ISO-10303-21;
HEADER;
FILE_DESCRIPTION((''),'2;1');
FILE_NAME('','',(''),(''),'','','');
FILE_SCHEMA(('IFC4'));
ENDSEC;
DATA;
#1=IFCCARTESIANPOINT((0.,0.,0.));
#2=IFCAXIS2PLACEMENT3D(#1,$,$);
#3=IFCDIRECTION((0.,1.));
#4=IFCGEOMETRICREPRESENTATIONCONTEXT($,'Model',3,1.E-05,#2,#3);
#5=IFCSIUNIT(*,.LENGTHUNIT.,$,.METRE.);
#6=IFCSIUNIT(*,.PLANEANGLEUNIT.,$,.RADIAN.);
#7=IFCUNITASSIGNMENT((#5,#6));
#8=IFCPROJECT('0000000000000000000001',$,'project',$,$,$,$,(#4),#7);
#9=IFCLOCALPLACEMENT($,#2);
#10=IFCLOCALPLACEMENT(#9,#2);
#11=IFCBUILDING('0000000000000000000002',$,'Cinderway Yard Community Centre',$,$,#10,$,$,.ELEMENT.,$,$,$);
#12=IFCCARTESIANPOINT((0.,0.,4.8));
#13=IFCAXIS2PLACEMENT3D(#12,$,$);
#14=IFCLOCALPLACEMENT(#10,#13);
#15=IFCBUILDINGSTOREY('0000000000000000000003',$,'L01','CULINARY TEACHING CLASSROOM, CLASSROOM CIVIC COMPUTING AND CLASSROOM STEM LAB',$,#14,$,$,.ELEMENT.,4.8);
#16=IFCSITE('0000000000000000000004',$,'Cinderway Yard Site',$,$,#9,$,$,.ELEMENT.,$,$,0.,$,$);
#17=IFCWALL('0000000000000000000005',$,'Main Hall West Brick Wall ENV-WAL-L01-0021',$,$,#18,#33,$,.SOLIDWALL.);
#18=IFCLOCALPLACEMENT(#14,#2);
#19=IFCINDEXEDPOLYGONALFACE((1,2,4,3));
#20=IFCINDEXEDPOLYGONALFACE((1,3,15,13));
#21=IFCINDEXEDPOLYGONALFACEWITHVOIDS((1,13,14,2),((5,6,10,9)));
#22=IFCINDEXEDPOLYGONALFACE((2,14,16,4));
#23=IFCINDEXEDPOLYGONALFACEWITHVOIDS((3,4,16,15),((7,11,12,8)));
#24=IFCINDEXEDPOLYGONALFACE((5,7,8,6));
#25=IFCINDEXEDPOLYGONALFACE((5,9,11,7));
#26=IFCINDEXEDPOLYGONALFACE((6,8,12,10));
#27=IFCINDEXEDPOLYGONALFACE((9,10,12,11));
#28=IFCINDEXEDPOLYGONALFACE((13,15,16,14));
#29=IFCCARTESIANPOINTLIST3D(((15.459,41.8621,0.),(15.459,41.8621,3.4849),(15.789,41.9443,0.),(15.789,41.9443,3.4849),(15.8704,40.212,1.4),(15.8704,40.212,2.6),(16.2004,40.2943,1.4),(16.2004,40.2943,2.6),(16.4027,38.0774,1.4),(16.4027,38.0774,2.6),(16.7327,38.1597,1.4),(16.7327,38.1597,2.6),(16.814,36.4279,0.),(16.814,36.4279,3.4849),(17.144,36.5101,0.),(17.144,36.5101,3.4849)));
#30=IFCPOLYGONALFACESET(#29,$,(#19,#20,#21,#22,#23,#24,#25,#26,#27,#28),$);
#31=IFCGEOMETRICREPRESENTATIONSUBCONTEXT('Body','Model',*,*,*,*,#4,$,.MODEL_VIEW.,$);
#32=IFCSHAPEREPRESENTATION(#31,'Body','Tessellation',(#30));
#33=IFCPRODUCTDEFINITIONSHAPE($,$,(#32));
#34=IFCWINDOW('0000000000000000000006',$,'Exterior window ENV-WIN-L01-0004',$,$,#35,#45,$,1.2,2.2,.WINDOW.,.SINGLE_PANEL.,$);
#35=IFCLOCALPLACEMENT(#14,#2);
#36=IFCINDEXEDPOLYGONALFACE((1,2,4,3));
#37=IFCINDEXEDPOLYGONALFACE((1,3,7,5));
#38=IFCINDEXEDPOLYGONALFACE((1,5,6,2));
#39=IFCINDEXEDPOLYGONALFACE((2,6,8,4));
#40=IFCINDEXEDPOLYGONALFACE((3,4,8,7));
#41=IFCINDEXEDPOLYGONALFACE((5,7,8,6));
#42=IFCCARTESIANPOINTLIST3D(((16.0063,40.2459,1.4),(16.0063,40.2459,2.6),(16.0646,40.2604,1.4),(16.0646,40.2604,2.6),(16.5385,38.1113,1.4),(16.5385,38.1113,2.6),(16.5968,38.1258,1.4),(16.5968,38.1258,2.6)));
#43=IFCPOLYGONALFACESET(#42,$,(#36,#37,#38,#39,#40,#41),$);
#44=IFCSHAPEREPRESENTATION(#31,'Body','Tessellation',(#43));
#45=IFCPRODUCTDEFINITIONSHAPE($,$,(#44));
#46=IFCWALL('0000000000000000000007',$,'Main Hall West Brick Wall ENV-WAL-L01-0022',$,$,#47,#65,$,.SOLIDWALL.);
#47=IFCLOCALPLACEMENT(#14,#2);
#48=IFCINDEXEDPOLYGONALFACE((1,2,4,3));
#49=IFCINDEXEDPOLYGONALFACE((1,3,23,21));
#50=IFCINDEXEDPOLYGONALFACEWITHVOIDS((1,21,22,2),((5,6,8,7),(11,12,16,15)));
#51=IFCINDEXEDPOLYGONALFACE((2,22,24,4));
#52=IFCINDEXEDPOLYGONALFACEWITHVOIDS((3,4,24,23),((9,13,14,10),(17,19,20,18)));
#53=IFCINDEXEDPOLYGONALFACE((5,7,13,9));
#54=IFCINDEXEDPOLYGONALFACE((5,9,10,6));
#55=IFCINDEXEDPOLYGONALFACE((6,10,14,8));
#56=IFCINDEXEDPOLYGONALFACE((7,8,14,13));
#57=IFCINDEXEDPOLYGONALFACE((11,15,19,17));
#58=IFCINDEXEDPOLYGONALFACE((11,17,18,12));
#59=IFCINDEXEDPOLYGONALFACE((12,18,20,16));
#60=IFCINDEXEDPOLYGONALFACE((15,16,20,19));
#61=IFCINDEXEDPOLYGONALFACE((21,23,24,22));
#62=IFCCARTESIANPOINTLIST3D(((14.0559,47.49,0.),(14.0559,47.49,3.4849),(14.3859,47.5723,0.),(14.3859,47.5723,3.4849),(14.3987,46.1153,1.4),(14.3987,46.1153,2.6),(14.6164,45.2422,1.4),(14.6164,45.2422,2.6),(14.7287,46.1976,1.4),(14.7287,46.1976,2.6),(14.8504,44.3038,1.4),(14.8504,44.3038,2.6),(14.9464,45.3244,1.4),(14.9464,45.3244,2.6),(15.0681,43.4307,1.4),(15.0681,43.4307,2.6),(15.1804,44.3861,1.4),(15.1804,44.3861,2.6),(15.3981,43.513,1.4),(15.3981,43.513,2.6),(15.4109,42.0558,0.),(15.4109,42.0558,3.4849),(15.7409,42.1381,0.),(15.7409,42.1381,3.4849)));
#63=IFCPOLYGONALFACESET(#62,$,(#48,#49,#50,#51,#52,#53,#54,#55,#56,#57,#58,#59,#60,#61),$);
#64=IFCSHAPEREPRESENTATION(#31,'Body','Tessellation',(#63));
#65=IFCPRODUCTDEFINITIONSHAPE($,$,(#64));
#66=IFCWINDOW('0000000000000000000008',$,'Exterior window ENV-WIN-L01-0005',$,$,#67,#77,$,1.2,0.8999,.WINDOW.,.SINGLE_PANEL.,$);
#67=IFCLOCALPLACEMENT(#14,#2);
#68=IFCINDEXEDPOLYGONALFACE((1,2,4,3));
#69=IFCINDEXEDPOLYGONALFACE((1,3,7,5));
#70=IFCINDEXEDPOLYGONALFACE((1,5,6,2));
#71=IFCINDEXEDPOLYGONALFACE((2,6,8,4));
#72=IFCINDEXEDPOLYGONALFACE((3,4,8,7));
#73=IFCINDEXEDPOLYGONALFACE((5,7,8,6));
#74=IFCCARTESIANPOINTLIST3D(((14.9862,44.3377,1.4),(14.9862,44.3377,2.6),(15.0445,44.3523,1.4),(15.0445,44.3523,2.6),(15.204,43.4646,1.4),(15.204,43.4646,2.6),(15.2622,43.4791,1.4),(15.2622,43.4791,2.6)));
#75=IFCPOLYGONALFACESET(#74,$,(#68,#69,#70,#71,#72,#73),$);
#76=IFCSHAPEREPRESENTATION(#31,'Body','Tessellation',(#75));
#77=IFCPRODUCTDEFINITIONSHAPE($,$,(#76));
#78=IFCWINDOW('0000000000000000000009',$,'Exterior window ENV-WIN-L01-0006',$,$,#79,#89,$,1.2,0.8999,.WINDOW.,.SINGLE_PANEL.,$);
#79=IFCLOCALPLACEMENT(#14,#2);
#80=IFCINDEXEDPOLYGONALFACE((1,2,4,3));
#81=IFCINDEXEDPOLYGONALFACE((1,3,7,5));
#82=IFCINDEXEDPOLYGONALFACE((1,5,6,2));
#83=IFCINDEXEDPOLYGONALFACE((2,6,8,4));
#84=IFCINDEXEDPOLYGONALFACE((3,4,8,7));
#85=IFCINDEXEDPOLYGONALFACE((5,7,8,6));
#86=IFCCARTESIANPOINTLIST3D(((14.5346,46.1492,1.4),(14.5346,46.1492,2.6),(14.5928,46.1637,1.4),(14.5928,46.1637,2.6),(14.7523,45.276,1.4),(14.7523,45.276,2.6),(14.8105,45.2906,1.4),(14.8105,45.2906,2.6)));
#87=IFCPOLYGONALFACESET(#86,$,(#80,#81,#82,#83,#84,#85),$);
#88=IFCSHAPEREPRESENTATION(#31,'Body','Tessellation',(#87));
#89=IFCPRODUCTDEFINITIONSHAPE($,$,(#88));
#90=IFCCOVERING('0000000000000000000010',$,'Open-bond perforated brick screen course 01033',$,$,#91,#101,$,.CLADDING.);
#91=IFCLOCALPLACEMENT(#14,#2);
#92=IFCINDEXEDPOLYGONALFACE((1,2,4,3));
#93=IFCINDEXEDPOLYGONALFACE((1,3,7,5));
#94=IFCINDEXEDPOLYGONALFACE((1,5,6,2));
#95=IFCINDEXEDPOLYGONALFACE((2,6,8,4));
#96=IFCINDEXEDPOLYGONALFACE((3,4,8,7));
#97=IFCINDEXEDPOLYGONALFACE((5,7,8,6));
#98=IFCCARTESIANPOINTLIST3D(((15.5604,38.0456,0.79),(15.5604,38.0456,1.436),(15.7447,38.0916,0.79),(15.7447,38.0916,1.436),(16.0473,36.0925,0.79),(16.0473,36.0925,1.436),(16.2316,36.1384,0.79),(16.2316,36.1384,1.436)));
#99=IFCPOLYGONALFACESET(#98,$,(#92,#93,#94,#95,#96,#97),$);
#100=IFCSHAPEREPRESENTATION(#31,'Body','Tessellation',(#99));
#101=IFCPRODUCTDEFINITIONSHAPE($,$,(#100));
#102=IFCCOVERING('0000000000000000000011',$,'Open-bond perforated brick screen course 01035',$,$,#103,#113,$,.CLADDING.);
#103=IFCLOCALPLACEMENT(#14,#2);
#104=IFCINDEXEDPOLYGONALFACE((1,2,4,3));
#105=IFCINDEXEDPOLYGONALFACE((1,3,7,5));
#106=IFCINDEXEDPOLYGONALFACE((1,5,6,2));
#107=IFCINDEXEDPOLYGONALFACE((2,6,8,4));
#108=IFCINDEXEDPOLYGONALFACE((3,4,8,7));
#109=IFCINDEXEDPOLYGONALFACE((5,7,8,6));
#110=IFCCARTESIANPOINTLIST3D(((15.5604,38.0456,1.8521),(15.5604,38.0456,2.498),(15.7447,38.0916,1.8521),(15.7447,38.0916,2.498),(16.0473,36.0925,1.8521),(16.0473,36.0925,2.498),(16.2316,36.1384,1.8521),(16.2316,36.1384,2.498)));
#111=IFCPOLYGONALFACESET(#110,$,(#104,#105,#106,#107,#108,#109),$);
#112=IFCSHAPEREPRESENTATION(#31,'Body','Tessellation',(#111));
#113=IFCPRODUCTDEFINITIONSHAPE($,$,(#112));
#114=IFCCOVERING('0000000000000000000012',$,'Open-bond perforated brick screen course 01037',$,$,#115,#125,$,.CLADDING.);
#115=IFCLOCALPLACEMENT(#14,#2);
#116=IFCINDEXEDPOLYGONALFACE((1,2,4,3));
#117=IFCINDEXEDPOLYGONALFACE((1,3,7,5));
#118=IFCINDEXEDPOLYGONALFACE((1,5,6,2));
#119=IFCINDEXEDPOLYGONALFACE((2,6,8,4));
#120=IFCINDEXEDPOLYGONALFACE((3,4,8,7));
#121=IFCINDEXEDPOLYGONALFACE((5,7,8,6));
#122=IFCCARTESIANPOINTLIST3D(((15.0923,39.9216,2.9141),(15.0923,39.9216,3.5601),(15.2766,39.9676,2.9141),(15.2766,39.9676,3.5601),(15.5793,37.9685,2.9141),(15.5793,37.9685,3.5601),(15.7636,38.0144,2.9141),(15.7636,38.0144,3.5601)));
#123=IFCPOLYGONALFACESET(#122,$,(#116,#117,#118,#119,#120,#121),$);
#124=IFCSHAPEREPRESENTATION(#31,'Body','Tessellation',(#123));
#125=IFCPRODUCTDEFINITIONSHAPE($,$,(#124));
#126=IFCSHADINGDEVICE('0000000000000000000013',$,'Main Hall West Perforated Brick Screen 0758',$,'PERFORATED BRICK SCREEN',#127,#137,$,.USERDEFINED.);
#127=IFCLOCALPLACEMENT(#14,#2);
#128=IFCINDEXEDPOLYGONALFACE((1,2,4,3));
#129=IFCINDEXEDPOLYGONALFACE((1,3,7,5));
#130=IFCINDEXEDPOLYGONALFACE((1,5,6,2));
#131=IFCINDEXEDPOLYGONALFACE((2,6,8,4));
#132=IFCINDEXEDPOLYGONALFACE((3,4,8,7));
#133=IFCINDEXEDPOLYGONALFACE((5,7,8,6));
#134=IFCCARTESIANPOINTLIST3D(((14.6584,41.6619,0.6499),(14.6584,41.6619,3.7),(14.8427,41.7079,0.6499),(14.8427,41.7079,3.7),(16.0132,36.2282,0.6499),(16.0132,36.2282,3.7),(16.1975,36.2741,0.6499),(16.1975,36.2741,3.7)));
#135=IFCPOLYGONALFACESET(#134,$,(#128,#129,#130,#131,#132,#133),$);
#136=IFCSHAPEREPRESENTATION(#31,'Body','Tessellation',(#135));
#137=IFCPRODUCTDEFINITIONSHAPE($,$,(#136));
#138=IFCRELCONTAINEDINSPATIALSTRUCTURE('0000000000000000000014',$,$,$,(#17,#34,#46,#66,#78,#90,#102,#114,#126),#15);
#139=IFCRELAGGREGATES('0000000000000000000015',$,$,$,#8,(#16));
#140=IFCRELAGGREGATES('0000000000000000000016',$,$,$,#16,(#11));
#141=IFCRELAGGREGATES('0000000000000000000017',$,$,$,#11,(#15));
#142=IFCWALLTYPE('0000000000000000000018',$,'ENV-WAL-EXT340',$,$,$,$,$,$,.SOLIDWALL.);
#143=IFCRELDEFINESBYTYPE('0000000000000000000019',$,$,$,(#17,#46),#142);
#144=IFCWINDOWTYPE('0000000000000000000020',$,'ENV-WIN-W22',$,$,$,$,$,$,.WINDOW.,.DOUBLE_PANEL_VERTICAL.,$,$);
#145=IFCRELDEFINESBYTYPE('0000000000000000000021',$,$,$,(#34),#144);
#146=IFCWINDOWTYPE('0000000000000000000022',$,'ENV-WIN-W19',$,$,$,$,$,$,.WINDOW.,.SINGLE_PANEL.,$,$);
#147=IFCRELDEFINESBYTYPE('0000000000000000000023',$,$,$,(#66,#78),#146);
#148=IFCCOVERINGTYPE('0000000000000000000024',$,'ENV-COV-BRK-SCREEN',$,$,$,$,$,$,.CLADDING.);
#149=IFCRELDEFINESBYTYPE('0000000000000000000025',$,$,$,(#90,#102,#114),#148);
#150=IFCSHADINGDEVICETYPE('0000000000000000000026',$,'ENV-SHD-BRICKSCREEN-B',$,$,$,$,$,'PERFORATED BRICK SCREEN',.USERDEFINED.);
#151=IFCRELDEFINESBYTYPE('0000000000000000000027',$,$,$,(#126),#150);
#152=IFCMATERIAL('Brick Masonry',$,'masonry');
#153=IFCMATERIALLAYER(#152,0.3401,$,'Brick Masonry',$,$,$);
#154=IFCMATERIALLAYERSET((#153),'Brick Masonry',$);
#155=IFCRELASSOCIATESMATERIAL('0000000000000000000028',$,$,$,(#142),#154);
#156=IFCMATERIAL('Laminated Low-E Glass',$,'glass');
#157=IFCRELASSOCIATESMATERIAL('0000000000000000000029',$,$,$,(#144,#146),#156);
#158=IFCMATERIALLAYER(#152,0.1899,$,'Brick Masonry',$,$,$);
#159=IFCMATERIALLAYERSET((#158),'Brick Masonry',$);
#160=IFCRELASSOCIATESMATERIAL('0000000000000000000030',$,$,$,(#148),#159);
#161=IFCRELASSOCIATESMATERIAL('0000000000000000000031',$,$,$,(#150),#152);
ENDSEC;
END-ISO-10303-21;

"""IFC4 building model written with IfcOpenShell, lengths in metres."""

from ifc_helpers import new_model, si_unit, direction, frame, frame_2d, origin, origin_2d, place, context, subcontext, project, spatial, rectangle, extrude, material, layer, layer_set, type_object, element, fill, save


model = new_model("IFC4")

# Units and contexts
model_context = context("Model", 3, precision=1e-05, world=origin(), true_north=direction((0.0, 1.0)))
body_context = subcontext(model_context, "Body", "Model", "MODEL_VIEW")
ifc_project = project(units=[si_unit("LENGTHUNIT", "METRE"), si_unit("PLANEANGLEUNIT", "RADIAN")], contexts=[model_context])

# Site, building, storey
site_placement = place(None, origin())
site = spatial("IfcSite", under=ifc_project, at=site_placement, Name="Cinderway Yard Site", CompositionType="ELEMENT", RefElevation=0.0)
building_placement = place(site_placement, origin())
building = spatial("IfcBuilding", under=site, at=building_placement, Name="Cinderway Yard Community Centre", CompositionType="ELEMENT")
storey_placement = place(building_placement, frame((0.0, 0.0, 4.8)))
storey = spatial("IfcBuildingStorey", under=building, at=storey_placement, Name="L01", Description="CULINARY TEACHING CLASSROOM, CLASSROOM CIVIC COMPUTING AND CLASSROOM STEM LAB", CompositionType="ELEMENT", Elevation=4.8)

# Wall, opening, window
ifc_material_1 = material(Name="Brick Masonry", Category="masonry")
ifc_layer_1 = layer(ifc_material_1, 0.3401, Name="Brick Masonry")
ifc_layer_set_1 = layer_set([ifc_layer_1], Name="Brick Masonry")
wall_type = type_object("IfcWallType", Name="ENV-WAL-EXT340", PredefinedType="SOLIDWALL", material=ifc_layer_set_1)
wall_1_placement = place(storey_placement, frame((16.979, 36.469, 0.0), z_axis=(0.0, 0.0, 1.0), x_axis=(-0.241941, 0.970291, 0.0)))
wall_1 = element("IfcWall", 1, at=wall_1_placement, inside=storey, type_object=wall_type, Name="Main Hall West Brick Wall ENV-WAL-L01-0021", PredefinedType="SOLIDWALL", context=body_context, shape_type="SweptSolid", body=[
    extrude(rectangle(XDim=5.6006, YDim=0.3401, at=frame_2d((2.8003, 0.0))), origin(), (0.0, 0.0, 1.0), 3.4849),
])
opening_1_placement = place(wall_1_placement, frame((1.7, 0.0, 1.3999)))
opening_1 = element("IfcOpeningElement", 2, at=opening_1_placement, cuts=wall_1, PredefinedType="OPENING", context=body_context, shape_type="SweptSolid", body=[
    extrude(rectangle(XDim=2.2, YDim=1.2, at=frame_2d((1.1001, 0.6001))), frame((0.0, 0.1799, 0.0), z_axis=(0.0, -1.0, 0.0), x_axis=(1.0, 0.0, 0.0)), (0.0, 0.0, 1.0), 0.3601),
])
ifc_material_2 = material(Name="Laminated Low-E Glass", Category="glass")
window_type_1 = type_object("IfcWindowType", Name="ENV-WIN-W22", PartitioningType="DOUBLE_PANEL_VERTICAL", PredefinedType="WINDOW", material=ifc_material_2)
window_1_placement = place(opening_1_placement, origin())
window_1 = element("IfcWindow", 3, at=window_1_placement, inside=storey, type_object=window_type_1, Name="Exterior window ENV-WIN-L01-0004", OverallHeight=1.2, OverallWidth=2.2, PartitioningType="SINGLE_PANEL", PredefinedType="WINDOW", context=body_context, shape_type="SweptSolid", body=[
    extrude(rectangle(XDim=2.2, YDim=1.2, at=frame_2d((1.1001, 0.6001))), frame((0.0, 0.03, 0.0), z_axis=(0.0, -1.0, 0.0), x_axis=(1.0, 0.0, 0.0)), (0.0, 0.0, 1.0), 0.0601),
])
fill(opening_1, window_1)

# Wall, openings, windows
wall_2_placement = place(storey_placement, frame((15.5759, 42.0969, 0.0), z_axis=(0.0, 0.0, 1.0), x_axis=(-0.241941, 0.970291, 0.0)))
wall_2 = element("IfcWall", 4, at=wall_2_placement, inside=storey, type_object=wall_type, Name="Main Hall West Brick Wall ENV-WAL-L01-0022", PredefinedType="SOLIDWALL", context=body_context, shape_type="SweptSolid", body=[
    extrude(rectangle(XDim=5.6006, YDim=0.3401, at=frame_2d((2.8003, 0.0))), origin(), (0.0, 0.0, 1.0), 3.4849),
])
opening_2_placement = place(wall_2_placement, frame((1.417, 0.0, 1.3999)))
opening_2 = element("IfcOpeningElement", 5, at=opening_2_placement, cuts=wall_2, PredefinedType="OPENING", context=body_context, shape_type="SweptSolid", body=[
    extrude(rectangle(XDim=0.8999, YDim=1.2, at=frame_2d((0.45, 0.6001))), frame((0.0, 0.1799, 0.0), z_axis=(0.0, -1.0, 0.0), x_axis=(1.0, 0.0, 0.0)), (0.0, 0.0, 1.0), 0.3601),
])
opening_3_placement = place(wall_2_placement, frame((3.2839, 0.0, 1.3999)))
opening_3 = element("IfcOpeningElement", 6, at=opening_3_placement, cuts=wall_2, PredefinedType="OPENING", context=body_context, shape_type="SweptSolid", body=[
    extrude(rectangle(XDim=0.8999, YDim=1.2, at=frame_2d((0.45, 0.6001))), frame((0.0, 0.1799, 0.0), z_axis=(0.0, -1.0, 0.0), x_axis=(1.0, 0.0, 0.0)), (0.0, 0.0, 1.0), 0.3601),
])
window_type_2 = type_object("IfcWindowType", Name="ENV-WIN-W19", PartitioningType="SINGLE_PANEL", PredefinedType="WINDOW", material=ifc_material_2)
window_2_placement = place(opening_2_placement, origin())
window_2 = element("IfcWindow", 7, at=window_2_placement, inside=storey, type_object=window_type_2, Name="Exterior window ENV-WIN-L01-0005", OverallHeight=1.2, OverallWidth=0.8999, PartitioningType="SINGLE_PANEL", PredefinedType="WINDOW", context=body_context, shape_type="SweptSolid", body=[
    extrude(rectangle(XDim=0.8999, YDim=1.2, at=frame_2d((0.45, 0.6001))), frame((0.0, 0.03, 0.0), z_axis=(0.0, -1.0, 0.0), x_axis=(1.0, 0.0, 0.0)), (0.0, 0.0, 1.0), 0.0601),
])
fill(opening_2, window_2)
window_3_placement = place(opening_3_placement, origin())
window_3 = element("IfcWindow", 8, at=window_3_placement, inside=storey, type_object=window_type_2, Name="Exterior window ENV-WIN-L01-0006", OverallHeight=1.2, OverallWidth=0.8999, PartitioningType="SINGLE_PANEL", PredefinedType="WINDOW", context=body_context, shape_type="SweptSolid", body=[
    extrude(rectangle(XDim=0.8999, YDim=1.2, at=frame_2d((0.45, 0.6001))), frame((0.0, 0.03, 0.0), z_axis=(0.0, -1.0, 0.0), x_axis=(1.0, 0.0, 0.0)), (0.0, 0.0, 1.0), 0.0601),
])
fill(opening_3, window_3)

# Coverings
ifc_layer_2 = layer(ifc_material_1, 0.1899, Name="Brick Masonry")
ifc_layer_set_2 = layer_set([ifc_layer_2], Name="Brick Masonry")
covering_type = type_object("IfcCoveringType", Name="ENV-COV-BRK-SCREEN", PredefinedType="CLADDING", material=ifc_layer_set_2)
for number, where, z_axis, x_axis, name in (
    (9, (15.896, 37.092, 0.79), (0.0, 0.0, 1.0), (-0.241922, 0.970296, 0.0), "Open-bond perforated brick screen course 01033"),
    (10, (15.896, 37.092, 1.8521), (0.0, 0.0, 1.0), (-0.241922, 0.970296, 0.0), "Open-bond perforated brick screen course 01035"),
    (11, (15.428, 38.968, 2.9141), (0.0, 0.0, 1.0), (-0.241922, 0.970296, 0.0), "Open-bond perforated brick screen course 01037"),
):
    element("IfcCovering", number, at=place(storey_placement, frame(where, z_axis=z_axis, x_axis=x_axis)), inside=storey, type_object=covering_type, Name=name, PredefinedType="CLADDING", context=body_context, shape_type="SweptSolid", body=[
        extrude(rectangle(XDim=2.0129, YDim=0.1899, at=origin_2d()), origin(), (0.0, 0.0, 1.0), 0.646),
    ])

# Shading device
shading_device_type = type_object("IfcShadingDeviceType", Name="ENV-SHD-BRICKSCREEN-B", ElementType="PERFORATED BRICK SCREEN", PredefinedType="USERDEFINED", material=ifc_material_1)
shading_device_placement = place(storey_placement, frame((15.428, 38.968, 0.6499), z_axis=(0.0, 0.0, 1.0), x_axis=(-0.241922, 0.970296, 0.0)))
element("IfcShadingDevice", 12, at=shading_device_placement, inside=storey, type_object=shading_device_type, Name="Main Hall West Perforated Brick Screen 0758", ObjectType="PERFORATED BRICK SCREEN", PredefinedType="USERDEFINED", context=body_context, shape_type="SweptSolid", body=[
    extrude(rectangle(XDim=5.6001, YDim=0.1899, at=origin_2d()), origin(), (0.0, 0.0, 1.0), 3.05),
])

save(model, "model.ifc")
